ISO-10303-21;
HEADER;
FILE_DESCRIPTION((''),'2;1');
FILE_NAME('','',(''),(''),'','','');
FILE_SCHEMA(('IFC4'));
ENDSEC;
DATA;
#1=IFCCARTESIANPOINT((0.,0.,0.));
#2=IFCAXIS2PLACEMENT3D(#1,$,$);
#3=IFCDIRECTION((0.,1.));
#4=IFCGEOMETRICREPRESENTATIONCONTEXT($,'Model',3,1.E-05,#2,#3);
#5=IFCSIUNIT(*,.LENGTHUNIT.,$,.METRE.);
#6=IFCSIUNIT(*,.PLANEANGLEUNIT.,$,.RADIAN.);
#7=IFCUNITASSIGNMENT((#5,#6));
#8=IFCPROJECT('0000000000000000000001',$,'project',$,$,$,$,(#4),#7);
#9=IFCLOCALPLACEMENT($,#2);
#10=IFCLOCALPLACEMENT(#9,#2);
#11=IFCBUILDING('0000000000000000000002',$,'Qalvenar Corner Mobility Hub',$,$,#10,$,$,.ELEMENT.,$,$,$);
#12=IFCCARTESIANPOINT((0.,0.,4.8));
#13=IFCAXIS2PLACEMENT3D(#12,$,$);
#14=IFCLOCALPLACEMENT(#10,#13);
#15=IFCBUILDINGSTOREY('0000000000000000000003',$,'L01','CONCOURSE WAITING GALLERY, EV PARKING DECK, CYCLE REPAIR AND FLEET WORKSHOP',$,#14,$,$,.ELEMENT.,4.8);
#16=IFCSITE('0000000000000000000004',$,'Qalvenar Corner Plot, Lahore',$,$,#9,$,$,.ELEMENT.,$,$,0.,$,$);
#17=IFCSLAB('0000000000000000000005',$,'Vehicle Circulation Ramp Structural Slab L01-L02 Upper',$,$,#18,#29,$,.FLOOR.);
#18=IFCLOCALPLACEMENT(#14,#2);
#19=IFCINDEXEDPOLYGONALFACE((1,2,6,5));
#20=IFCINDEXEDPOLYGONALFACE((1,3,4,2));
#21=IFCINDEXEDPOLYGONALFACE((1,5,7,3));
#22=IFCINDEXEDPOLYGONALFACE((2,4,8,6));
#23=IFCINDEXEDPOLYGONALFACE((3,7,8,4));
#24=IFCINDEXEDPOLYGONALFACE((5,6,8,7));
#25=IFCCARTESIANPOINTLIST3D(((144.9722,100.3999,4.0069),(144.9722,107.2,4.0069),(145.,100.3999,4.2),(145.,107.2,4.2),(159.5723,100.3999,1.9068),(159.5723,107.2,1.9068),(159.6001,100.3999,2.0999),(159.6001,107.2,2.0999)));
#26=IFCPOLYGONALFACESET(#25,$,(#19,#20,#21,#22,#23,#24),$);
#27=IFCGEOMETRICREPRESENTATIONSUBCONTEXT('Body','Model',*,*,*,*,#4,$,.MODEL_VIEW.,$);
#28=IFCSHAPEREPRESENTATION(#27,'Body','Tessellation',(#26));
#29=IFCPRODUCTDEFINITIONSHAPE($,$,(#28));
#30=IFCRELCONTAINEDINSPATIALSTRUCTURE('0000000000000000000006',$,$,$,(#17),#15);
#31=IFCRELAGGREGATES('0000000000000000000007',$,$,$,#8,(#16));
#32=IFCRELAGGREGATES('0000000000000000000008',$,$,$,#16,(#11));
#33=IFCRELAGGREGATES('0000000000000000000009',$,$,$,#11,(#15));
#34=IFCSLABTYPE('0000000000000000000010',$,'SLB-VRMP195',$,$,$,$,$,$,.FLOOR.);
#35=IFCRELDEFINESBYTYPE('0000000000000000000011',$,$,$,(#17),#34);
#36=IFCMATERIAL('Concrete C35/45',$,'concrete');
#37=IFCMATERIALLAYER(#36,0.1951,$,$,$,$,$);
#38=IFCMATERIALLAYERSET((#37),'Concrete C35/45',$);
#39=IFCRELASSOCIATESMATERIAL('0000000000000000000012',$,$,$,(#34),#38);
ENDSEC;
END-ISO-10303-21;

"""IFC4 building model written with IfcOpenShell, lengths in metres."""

from ifc_helpers import new_model, si_unit, direction, frame, origin, place, context, subcontext, project, spatial, polyline, outline, extrude, material, layer, layer_set, type_object, element, save


model = new_model("IFC4")

# Units and contexts
model_context = context("Model", 3, precision=1e-05, world=origin(), true_north=direction((0.0, 1.0)))
body_context = subcontext(model_context, "Body", "Model", "MODEL_VIEW")
ifc_project = project(units=[si_unit("LENGTHUNIT", "METRE"), si_unit("PLANEANGLEUNIT", "RADIAN")], contexts=[model_context])

# Site, building, storey
site_placement = place(None, origin())
site = spatial("IfcSite", under=ifc_project, at=site_placement, Name="Qalvenar Corner Plot, Lahore", CompositionType="ELEMENT", RefElevation=0.0)
building_placement = place(site_placement, origin())
building = spatial("IfcBuilding", under=site, at=building_placement, Name="Qalvenar Corner Mobility Hub", CompositionType="ELEMENT")
storey_placement = place(building_placement, frame((0.0, 0.0, 4.8)))
storey = spatial("IfcBuildingStorey", under=building, at=storey_placement, Name="L01", Description="CONCOURSE WAITING GALLERY, EV PARKING DECK, CYCLE REPAIR AND FLEET WORKSHOP", CompositionType="ELEMENT", Elevation=4.8)

# Slab
ifc_material_1 = material(Name="Concrete C35/45", Category="concrete")
ifc_layer = layer(ifc_material_1, 0.1951)
ifc_layer_set = layer_set([ifc_layer], Name="Concrete C35/45")
slab_type = type_object("IfcSlabType", Name="SLB-VRMP195", PredefinedType="FLOOR", material=ifc_layer_set)
slab_placement = place(storey_placement, frame((159.6001, 100.3999, 2.0999), z_axis=(0.142376, 0.0, 0.989813), x_axis=(-0.989813, 0.0, 0.142376)))
element("IfcSlab", 1, at=slab_placement, inside=storey, type_object=slab_type, Name="Vehicle Circulation Ramp Structural Slab L01-L02 Upper", PredefinedType="FLOOR", context=body_context, shape_type="SweptSolid", body=[
    extrude(outline(polyline([(0.0, 0.0), (14.7504, 0.0), (14.7504, -6.8), (0.0, -6.8), (0.0, 0.0)])), origin(), (0.0, 0.0, -1.0), 0.1951),
])

save(model, "model.ifc")
